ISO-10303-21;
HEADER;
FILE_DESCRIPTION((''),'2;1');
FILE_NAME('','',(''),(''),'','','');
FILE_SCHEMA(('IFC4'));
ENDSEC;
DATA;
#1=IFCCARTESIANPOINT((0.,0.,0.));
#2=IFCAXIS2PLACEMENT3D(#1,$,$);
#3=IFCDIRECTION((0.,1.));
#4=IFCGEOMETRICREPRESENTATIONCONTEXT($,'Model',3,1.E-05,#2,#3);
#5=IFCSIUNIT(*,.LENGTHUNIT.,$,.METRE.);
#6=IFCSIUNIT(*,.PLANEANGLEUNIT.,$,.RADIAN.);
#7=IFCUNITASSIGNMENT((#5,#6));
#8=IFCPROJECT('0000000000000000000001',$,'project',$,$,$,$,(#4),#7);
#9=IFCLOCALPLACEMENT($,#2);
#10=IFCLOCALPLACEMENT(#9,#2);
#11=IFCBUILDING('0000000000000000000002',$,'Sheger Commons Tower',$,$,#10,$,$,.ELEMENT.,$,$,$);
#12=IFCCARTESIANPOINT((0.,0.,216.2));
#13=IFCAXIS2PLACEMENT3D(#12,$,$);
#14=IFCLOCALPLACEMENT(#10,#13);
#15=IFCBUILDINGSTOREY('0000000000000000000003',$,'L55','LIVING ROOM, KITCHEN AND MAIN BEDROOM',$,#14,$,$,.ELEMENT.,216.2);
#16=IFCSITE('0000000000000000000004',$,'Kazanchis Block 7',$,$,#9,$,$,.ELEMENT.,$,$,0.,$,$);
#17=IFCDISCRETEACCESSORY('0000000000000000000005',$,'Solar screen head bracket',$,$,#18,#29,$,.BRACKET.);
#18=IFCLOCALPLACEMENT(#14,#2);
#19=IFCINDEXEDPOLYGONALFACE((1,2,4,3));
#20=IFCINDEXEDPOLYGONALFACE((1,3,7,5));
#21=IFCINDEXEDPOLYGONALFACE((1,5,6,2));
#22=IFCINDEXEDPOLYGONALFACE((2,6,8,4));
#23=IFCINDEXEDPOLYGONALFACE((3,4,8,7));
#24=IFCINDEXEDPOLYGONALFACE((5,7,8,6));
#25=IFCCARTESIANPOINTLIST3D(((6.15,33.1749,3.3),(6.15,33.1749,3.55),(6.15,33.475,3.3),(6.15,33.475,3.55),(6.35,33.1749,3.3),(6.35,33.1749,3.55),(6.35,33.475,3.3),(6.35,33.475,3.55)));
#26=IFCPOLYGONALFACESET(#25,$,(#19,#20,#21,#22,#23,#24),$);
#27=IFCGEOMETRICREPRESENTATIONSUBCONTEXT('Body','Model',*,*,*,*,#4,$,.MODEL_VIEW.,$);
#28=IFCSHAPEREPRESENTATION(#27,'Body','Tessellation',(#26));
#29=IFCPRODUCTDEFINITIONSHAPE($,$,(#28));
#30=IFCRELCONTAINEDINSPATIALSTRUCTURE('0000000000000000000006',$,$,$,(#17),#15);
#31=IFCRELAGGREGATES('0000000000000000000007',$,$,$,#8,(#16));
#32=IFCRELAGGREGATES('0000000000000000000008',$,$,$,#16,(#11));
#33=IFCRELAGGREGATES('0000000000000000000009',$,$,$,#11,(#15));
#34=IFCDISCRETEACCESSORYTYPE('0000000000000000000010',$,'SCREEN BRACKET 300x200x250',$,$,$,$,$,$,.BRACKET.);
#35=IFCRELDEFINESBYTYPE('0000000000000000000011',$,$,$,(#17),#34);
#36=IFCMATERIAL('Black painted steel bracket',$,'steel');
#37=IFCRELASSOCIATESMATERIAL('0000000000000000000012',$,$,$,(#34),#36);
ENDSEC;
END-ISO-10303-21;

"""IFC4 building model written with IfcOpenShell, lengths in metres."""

from ifc_helpers import new_model, si_unit, direction, frame, origin, origin_2d, place, context, subcontext, project, spatial, rectangle, extrude, material, type_object, element, save


model = new_model("IFC4")

# Units and contexts
model_context = context("Model", 3, precision=1e-05, world=origin(), true_north=direction((0.0, 1.0)))
body_context = subcontext(model_context, "Body", "Model", "MODEL_VIEW")
ifc_project = project(units=[si_unit("LENGTHUNIT", "METRE"), si_unit("PLANEANGLEUNIT", "RADIAN")], contexts=[model_context])

# Site, building, storey
site_placement = place(None, origin())
site = spatial("IfcSite", under=ifc_project, at=site_placement, Name="Kazanchis Block 7", CompositionType="ELEMENT", RefElevation=0.0)
building_placement = place(site_placement, origin())
building = spatial("IfcBuilding", under=site, at=building_placement, Name="Sheger Commons Tower", CompositionType="ELEMENT")
storey_placement = place(building_placement, frame((0.0, 0.0, 216.2)))
storey = spatial("IfcBuildingStorey", under=building, at=storey_placement, Name="L55", Description="LIVING ROOM, KITCHEN AND MAIN BEDROOM", CompositionType="ELEMENT", Elevation=216.2)

# Discrete accessory
ifc_material_1 = material(Name="Black painted steel bracket", Category="steel")
discrete_accessory_type = type_object("IfcDiscreteAccessoryType", Name="SCREEN BRACKET 300x200x250", PredefinedType="BRACKET", material=ifc_material_1)
for number, where, z_axis, x_axis, name in (
    (1, (6.25, 33.325, 3.3), (0.0, 0.0, 1.0), (0.0, -1.0, 0.0), "Solar screen head bracket"),
):
    element("IfcDiscreteAccessory", number, at=place(storey_placement, frame(where, z_axis=z_axis, x_axis=x_axis)), inside=storey, type_object=discrete_accessory_type, Name=name, PredefinedType="BRACKET", context=body_context, shape_type="SweptSolid", body=[
        extrude(rectangle(XDim=0.3, YDim=0.2, at=origin_2d()), origin(), (0.0, 0.0, 1.0), 0.25),
    ])

save(model, "model.ifc")
